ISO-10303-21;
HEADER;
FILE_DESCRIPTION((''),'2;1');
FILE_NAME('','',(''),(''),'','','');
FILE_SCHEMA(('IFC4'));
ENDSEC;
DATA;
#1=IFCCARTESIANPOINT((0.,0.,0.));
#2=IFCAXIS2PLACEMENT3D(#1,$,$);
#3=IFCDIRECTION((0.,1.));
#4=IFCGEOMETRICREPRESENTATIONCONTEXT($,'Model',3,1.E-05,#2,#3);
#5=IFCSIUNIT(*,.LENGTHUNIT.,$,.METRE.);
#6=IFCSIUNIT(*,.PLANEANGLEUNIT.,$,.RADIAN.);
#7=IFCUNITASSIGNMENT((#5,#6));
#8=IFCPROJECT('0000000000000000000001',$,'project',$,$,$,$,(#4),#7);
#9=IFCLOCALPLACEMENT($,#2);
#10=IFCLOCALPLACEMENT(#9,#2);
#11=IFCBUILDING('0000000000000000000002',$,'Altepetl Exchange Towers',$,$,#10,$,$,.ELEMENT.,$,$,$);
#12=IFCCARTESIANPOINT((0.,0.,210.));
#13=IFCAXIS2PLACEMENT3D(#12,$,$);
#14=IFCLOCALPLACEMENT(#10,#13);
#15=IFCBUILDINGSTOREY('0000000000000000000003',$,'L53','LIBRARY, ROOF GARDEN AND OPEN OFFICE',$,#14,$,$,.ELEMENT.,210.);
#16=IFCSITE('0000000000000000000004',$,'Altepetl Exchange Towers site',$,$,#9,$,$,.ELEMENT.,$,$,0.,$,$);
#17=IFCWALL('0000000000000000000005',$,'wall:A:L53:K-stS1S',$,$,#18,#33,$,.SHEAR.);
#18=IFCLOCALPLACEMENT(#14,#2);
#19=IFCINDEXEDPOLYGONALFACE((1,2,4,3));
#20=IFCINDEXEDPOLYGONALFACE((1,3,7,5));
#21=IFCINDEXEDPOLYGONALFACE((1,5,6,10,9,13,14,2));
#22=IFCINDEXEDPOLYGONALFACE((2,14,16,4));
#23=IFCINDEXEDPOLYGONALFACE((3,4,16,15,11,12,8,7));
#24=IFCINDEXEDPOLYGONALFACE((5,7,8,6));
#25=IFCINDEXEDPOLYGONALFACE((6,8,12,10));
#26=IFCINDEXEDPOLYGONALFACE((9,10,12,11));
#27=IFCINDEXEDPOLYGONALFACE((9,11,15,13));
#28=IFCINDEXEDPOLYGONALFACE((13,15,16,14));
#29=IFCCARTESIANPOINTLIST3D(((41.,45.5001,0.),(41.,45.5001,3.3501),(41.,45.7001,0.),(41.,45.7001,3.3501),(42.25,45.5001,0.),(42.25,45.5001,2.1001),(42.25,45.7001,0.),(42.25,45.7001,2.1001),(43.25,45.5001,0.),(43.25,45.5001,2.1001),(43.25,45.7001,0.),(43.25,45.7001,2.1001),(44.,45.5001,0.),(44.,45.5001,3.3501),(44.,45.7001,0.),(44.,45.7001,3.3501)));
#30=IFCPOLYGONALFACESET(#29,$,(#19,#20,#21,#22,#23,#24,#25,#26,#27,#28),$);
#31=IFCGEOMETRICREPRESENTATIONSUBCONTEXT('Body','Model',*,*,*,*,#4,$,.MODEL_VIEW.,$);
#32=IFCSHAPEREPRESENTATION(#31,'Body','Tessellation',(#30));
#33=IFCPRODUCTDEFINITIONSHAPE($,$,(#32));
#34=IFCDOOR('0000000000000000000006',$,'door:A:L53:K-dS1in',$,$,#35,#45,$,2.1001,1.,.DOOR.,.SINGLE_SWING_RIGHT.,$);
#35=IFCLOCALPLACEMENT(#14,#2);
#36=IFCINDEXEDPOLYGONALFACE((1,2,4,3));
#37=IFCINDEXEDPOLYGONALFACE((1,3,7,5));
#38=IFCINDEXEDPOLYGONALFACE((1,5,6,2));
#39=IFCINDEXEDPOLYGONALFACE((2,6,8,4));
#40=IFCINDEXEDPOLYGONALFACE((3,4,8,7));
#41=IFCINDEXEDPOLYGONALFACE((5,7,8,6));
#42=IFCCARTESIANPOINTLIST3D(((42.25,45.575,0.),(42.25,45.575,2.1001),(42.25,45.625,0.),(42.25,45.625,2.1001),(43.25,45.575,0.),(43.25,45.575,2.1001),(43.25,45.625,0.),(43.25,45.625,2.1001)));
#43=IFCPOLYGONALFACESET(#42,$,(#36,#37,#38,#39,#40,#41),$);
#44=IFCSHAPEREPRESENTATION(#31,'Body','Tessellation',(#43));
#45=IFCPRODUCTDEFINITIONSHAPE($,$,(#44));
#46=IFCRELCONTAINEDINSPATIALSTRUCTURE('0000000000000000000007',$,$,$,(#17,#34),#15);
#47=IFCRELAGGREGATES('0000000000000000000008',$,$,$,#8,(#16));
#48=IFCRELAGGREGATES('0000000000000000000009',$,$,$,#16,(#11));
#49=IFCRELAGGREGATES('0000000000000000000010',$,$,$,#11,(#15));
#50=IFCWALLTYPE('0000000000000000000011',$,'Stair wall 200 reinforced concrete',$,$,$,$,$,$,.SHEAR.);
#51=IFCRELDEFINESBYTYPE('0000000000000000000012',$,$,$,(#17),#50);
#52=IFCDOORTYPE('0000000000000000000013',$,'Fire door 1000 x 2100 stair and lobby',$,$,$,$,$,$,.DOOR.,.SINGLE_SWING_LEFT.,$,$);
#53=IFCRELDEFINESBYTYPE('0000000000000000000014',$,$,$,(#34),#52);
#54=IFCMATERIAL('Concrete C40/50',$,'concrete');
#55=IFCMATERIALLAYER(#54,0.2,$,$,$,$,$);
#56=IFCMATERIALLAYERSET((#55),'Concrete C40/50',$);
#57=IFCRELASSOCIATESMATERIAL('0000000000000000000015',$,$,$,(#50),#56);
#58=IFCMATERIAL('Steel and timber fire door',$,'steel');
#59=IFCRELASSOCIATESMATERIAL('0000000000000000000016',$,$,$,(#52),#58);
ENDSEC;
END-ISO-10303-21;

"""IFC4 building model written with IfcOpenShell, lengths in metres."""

from ifc_helpers import new_model, si_unit, direction, frame, frame_2d, origin, place, context, subcontext, project, spatial, rectangle, extrude, material, layer, layer_set, type_object, element, fill, save


model = new_model("IFC4")

# Units and contexts
model_context = context("Model", 3, precision=1e-05, world=origin(), true_north=direction((0.0, 1.0)))
body_context = subcontext(model_context, "Body", "Model", "MODEL_VIEW")
ifc_project = project(units=[si_unit("LENGTHUNIT", "METRE"), si_unit("PLANEANGLEUNIT", "RADIAN")], contexts=[model_context])

# Site, building, storey
site_placement = place(None, origin())
site = spatial("IfcSite", under=ifc_project, at=site_placement, Name="Altepetl Exchange Towers site", CompositionType="ELEMENT", RefElevation=0.0)
building_placement = place(site_placement, origin())
building = spatial("IfcBuilding", under=site, at=building_placement, Name="Altepetl Exchange Towers", CompositionType="ELEMENT")
storey_placement = place(building_placement, frame((0.0, 0.0, 210.0)))
storey = spatial("IfcBuildingStorey", under=building, at=storey_placement, Name="L53", Description="LIBRARY, ROOF GARDEN AND OPEN OFFICE", CompositionType="ELEMENT", Elevation=210.0)

# Shared definitions
ifc_material_1 = material(Name="Steel and timber fire door", Category="steel")

# Shared definitions
ifc_material_2 = material(Name="Concrete C40/50", Category="concrete")

# Shared definitions
ifc_layer_1 = layer(ifc_material_2, 0.2)
ifc_layer_set_1 = layer_set([ifc_layer_1], Name="Concrete C40/50")
wall_type_1 = type_object("IfcWallType", Name="Stair wall 200 reinforced concrete", PredefinedType="SHEAR", material=ifc_layer_set_1)

# Wall, opening, door
wall_1_placement = place(storey_placement, frame((41.0, 45.6001, 0.0)))
wall_1 = element("IfcWall", 1, at=wall_1_placement, inside=storey, type_object=wall_type_1, Name="wall:A:L53:K-stS1S", PredefinedType="SHEAR", context=body_context, shape_type="SweptSolid", body=[
    extrude(rectangle(XDim=3.0, YDim=0.2, at=frame_2d((1.5, 0.0))), origin(), (0.0, 0.0, 1.0), 3.3501),
])
opening_1_placement = place(wall_1_placement, frame((1.25, 0.0, 0.0)))
opening_1 = element("IfcOpeningElement", 2, at=opening_1_placement, cuts=wall_1, PredefinedType="OPENING", context=body_context, shape_type="SweptSolid", body=[
    extrude(rectangle(XDim=1.0, YDim=2.1001, at=frame_2d((0.5, 1.05))), frame((0.0, 0.1099, 0.0), z_axis=(0.0, -1.0, 0.0), x_axis=(1.0, 0.0, 0.0)), (0.0, 0.0, 1.0), 0.22),
])
door_type_1 = type_object("IfcDoorType", Name="Fire door 1000 x 2100 stair and lobby", OperationType="SINGLE_SWING_LEFT", PredefinedType="DOOR", material=ifc_material_1)
door_1_placement = place(opening_1_placement, origin())
door_1 = element("IfcDoor", 3, at=door_1_placement, inside=storey, type_object=door_type_1, Name="door:A:L53:K-dS1in", OperationType="SINGLE_SWING_RIGHT", OverallHeight=2.1001, OverallWidth=1.0, PredefinedType="DOOR", context=body_context, shape_type="SweptSolid", body=[
    extrude(rectangle(XDim=1.0, YDim=2.1001, at=frame_2d((0.5, 1.05))), frame((0.0, 0.0249, 0.0), z_axis=(0.0, -1.0, 0.0), x_axis=(1.0, 0.0, 0.0)), (0.0, 0.0, 1.0), 0.05),
])
fill(opening_1, door_1)

save(model, "model.ifc")
